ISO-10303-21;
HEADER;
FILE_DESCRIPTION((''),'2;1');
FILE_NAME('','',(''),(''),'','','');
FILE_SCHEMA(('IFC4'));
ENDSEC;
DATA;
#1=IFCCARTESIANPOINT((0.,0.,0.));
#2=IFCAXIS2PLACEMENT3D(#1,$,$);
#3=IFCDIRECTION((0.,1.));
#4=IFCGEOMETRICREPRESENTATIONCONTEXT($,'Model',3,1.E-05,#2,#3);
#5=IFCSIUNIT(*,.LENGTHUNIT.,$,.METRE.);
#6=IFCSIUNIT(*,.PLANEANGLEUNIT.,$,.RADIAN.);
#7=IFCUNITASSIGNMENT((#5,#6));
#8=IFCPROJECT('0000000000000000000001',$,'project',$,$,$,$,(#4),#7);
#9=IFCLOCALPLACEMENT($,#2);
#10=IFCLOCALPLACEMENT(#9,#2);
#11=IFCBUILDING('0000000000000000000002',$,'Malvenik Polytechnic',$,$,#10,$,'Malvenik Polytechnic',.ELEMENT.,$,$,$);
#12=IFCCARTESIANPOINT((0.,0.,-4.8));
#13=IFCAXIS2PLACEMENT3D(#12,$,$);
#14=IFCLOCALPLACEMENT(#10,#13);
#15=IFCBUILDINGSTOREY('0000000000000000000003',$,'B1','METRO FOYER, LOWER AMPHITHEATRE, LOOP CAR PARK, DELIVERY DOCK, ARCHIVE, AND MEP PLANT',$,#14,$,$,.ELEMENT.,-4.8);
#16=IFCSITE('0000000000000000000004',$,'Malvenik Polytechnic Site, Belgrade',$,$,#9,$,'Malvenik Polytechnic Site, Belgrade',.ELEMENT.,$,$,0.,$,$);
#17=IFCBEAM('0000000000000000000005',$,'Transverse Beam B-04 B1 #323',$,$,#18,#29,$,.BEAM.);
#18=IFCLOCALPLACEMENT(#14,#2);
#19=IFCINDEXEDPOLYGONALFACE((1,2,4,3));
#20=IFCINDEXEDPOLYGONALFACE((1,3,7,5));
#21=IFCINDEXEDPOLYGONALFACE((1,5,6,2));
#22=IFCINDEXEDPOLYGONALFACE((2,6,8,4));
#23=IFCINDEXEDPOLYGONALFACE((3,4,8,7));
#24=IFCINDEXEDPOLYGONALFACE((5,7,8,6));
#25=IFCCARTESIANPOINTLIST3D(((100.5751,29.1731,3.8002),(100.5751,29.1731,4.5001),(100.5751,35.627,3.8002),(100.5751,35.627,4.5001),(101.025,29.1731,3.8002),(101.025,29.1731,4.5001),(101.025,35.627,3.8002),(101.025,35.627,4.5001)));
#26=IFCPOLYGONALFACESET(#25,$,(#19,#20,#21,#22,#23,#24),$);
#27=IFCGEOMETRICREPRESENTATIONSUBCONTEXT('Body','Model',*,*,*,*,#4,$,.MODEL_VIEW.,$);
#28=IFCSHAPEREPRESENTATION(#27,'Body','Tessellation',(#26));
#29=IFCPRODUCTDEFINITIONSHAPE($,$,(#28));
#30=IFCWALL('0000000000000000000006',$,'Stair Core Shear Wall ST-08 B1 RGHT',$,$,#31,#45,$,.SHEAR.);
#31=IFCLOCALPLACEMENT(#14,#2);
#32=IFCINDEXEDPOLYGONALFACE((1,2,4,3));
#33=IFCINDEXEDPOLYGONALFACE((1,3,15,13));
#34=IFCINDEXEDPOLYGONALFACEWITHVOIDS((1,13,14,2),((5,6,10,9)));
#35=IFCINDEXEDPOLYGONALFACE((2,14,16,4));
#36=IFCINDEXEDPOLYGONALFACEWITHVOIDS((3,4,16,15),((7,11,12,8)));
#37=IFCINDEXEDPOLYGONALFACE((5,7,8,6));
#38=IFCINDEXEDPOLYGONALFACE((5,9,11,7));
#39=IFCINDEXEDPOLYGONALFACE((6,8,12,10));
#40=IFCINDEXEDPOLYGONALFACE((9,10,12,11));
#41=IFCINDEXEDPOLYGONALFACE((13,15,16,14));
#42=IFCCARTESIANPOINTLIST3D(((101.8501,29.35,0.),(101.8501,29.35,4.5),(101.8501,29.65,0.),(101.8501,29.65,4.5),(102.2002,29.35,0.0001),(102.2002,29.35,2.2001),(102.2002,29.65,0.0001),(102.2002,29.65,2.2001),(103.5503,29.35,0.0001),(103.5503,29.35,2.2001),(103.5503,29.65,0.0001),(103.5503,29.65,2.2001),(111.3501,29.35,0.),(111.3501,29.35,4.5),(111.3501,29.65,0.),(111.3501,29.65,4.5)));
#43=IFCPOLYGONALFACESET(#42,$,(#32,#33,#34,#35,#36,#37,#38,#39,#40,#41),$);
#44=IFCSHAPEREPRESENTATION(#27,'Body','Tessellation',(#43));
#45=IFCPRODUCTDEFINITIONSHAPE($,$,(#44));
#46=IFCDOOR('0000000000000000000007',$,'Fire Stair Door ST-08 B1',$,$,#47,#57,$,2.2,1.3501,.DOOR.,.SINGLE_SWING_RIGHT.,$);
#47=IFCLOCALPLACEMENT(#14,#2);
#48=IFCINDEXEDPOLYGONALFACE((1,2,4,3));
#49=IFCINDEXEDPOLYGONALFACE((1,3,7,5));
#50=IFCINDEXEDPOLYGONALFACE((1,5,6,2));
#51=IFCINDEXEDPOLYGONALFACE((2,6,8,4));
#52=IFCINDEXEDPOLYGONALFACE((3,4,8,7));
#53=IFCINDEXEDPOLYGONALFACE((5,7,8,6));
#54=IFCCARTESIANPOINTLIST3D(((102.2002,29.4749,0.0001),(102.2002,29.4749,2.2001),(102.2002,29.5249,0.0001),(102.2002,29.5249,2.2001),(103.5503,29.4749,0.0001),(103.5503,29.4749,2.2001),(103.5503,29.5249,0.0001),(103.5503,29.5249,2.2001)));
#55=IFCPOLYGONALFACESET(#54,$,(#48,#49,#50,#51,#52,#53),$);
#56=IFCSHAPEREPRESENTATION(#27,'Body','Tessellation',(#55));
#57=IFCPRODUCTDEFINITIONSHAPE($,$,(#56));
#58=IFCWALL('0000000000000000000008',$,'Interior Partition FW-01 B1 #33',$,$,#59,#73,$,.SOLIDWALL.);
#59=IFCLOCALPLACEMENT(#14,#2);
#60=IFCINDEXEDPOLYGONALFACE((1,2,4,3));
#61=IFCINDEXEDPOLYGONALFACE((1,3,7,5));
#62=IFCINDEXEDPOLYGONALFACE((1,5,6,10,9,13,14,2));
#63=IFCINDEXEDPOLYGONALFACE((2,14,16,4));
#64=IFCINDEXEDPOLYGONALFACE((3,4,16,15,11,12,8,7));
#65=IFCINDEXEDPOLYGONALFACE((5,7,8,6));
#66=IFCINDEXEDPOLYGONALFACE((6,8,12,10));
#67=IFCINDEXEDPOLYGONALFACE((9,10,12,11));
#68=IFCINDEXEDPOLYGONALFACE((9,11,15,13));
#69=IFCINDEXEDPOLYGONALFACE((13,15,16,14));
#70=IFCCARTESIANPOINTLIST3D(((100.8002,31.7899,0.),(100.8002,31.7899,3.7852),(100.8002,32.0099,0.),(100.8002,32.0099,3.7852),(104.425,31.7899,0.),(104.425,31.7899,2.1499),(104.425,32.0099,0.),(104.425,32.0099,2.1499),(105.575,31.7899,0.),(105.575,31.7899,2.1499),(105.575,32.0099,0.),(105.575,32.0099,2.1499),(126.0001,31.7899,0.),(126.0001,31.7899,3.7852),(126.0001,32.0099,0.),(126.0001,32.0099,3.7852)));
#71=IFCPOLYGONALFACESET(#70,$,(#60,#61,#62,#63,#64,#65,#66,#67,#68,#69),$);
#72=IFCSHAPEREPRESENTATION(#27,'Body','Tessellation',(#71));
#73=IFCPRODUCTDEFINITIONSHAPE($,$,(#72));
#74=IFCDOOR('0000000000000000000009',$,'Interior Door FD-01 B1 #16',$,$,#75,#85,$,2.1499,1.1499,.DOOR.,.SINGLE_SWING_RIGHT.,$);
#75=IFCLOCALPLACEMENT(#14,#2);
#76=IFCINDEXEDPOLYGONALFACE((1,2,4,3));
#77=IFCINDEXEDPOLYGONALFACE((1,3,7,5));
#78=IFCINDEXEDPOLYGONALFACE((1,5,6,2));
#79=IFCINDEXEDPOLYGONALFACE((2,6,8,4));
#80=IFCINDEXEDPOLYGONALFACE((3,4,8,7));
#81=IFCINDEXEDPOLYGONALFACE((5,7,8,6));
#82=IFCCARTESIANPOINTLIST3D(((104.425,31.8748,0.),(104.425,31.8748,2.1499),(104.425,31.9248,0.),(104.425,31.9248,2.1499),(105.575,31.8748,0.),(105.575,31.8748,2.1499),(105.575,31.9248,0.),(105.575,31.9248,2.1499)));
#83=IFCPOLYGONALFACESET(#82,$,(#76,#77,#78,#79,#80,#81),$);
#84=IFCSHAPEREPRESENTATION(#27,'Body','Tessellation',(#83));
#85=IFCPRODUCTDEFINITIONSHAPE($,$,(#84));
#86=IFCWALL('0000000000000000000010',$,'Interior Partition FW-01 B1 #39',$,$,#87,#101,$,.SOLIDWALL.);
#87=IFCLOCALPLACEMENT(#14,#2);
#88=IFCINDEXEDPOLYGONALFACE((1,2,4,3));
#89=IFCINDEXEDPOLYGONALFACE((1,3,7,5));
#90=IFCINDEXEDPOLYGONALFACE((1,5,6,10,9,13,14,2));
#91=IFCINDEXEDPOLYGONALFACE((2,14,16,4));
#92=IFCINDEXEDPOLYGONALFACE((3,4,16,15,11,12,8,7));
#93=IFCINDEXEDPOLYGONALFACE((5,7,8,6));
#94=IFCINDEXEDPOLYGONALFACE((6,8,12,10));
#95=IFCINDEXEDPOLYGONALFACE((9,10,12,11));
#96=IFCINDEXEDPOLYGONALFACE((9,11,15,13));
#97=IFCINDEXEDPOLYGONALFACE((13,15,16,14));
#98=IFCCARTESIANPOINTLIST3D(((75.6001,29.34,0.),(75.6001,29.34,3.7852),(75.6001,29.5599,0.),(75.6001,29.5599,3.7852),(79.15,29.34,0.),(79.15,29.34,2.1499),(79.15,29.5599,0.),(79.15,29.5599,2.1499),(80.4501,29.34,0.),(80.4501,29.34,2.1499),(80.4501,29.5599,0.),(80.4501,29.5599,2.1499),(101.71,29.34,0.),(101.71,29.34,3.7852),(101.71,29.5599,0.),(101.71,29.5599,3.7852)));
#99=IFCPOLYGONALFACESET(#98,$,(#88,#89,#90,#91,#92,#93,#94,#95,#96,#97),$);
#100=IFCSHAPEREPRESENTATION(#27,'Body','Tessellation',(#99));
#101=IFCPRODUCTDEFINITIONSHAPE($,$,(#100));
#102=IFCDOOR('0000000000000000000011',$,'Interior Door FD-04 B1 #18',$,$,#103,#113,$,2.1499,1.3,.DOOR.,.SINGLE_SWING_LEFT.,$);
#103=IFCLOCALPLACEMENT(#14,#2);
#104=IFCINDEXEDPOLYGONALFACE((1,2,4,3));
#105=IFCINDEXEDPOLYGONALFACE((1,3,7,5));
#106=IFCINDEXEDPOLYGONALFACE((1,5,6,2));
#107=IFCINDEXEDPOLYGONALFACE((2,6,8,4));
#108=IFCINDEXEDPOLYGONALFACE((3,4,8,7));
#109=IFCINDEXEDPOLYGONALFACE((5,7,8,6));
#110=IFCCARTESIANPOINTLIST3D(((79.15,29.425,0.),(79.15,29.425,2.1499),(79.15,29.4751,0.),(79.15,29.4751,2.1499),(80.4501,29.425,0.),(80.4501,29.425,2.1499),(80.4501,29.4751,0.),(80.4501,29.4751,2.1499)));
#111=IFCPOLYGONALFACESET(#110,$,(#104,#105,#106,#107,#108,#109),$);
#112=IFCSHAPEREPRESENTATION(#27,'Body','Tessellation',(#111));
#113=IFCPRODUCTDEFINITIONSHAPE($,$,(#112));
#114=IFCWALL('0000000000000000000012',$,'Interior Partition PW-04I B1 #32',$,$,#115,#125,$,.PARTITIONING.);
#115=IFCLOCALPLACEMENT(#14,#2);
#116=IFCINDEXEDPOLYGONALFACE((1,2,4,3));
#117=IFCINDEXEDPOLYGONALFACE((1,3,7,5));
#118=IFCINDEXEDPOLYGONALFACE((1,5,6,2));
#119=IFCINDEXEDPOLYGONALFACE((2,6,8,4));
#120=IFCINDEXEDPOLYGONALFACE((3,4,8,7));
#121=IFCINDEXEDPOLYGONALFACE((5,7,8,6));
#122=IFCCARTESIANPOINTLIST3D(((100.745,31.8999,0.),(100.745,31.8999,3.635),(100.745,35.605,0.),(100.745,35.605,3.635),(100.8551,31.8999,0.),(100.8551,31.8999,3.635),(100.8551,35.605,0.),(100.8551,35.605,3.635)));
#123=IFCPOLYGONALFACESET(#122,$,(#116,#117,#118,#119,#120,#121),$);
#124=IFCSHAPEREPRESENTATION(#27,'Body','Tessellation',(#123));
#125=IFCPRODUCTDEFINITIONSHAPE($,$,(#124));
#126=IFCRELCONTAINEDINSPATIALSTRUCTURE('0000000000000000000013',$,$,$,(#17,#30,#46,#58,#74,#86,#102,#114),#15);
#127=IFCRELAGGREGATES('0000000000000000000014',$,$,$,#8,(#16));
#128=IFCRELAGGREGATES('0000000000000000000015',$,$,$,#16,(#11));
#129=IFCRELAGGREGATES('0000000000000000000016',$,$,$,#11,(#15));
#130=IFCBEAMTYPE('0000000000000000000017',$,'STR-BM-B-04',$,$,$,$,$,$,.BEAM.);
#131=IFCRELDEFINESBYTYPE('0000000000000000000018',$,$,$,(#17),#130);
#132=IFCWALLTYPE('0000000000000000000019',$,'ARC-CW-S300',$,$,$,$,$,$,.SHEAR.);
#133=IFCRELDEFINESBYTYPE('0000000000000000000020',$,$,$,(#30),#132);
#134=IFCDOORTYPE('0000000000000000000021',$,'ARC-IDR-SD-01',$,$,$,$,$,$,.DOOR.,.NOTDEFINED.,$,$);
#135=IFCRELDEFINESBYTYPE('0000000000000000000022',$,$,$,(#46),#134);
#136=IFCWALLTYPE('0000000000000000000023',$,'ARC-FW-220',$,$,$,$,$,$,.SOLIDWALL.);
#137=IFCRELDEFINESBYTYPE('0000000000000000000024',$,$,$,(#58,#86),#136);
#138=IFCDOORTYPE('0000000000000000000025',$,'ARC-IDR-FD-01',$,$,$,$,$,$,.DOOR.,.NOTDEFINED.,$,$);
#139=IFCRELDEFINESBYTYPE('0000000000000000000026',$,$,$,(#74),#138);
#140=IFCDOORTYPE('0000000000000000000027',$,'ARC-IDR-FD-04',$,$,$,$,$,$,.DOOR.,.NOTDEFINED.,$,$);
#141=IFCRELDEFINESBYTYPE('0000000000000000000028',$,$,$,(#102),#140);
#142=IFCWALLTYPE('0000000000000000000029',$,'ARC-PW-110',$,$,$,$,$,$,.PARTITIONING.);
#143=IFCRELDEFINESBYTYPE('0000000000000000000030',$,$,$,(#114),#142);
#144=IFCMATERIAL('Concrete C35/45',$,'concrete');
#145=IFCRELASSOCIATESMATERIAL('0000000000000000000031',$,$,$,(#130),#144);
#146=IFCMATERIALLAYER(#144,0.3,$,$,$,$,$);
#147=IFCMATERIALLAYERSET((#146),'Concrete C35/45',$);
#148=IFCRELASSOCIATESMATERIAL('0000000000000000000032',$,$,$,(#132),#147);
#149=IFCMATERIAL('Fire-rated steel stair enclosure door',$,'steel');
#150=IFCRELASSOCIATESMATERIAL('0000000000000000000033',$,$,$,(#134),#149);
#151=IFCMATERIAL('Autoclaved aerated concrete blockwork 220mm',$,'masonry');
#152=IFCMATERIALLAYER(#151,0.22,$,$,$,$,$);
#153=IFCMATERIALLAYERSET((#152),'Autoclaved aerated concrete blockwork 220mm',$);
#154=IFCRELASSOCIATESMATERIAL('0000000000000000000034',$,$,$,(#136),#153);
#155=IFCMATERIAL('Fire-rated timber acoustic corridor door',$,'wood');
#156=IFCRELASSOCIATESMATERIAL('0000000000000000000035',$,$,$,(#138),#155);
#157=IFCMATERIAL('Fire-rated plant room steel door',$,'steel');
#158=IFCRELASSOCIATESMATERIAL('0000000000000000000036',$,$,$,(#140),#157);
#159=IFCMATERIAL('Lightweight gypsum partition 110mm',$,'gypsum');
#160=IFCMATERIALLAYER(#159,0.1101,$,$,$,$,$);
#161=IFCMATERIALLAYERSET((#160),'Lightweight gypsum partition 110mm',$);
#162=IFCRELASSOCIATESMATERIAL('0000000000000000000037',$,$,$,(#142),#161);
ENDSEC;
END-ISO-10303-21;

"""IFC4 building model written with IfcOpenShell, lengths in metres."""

from ifc_helpers import new_model, si_unit, direction, frame, frame_2d, origin, origin_2d, place, context, subcontext, project, spatial, rectangle, extrude, material, layer, layer_set, material_profile, profile_set, type_object, element, fill, save


model = new_model("IFC4")

# Units and contexts
model_context = context("Model", 3, precision=1e-05, world=origin(), true_north=direction((0.0, 1.0)))
body_context = subcontext(model_context, "Body", "Model", "MODEL_VIEW")
ifc_project = project(units=[si_unit("LENGTHUNIT", "METRE"), si_unit("PLANEANGLEUNIT", "RADIAN")], contexts=[model_context])

# Site, building, storey
site_placement = place(None, origin())
site = spatial("IfcSite", under=ifc_project, at=site_placement, Name="Malvenik Polytechnic Site, Belgrade", LongName="Malvenik Polytechnic Site, Belgrade", CompositionType="ELEMENT", RefElevation=0.0)
building_placement = place(site_placement, origin())
building = spatial("IfcBuilding", under=site, at=building_placement, Name="Malvenik Polytechnic", LongName="Malvenik Polytechnic", CompositionType="ELEMENT")
storey_placement = place(building_placement, frame((0.0, 0.0, -4.8)))
storey = spatial("IfcBuildingStorey", under=building, at=storey_placement, Name="B1", Description="METRO FOYER, LOWER AMPHITHEATRE, LOOP CAR PARK, DELIVERY DOCK, ARCHIVE, AND MEP PLANT", CompositionType="ELEMENT", Elevation=-4.8)

# Shared definitions
ifc_material_1 = material(Name="Concrete C35/45", Category="concrete")

# Beam
ifc_material_profile_1 = material_profile(ifc_material_1, rectangle(XDim=0.45, YDim=0.7, at=origin_2d()), Name="RC BM 450x700")
ifc_profile_set_1 = profile_set([ifc_material_profile_1], Name="Concrete C35/45")
beam_type_1 = type_object("IfcBeamType", Name="STR-BM-B-04", PredefinedType="BEAM", material=ifc_profile_set_1)
beam_1_placement = place(storey_placement, frame((100.8, 29.1731, 4.1501), z_axis=(0.0, 1.0, 0.0), x_axis=(-1.0, 0.0, 0.0)))
element("IfcBeam", 1, at=beam_1_placement, inside=storey, type_object=beam_type_1, Name="Transverse Beam B-04 B1 #323", PredefinedType="BEAM", context=body_context, shape_type="SweptSolid", body=[
    extrude(rectangle(XDim=0.45, YDim=0.7, at=origin_2d()), origin(), (0.0, 0.0, 1.0), 6.4539),
])

# Walls, openings, doors
ifc_layer_1 = layer(ifc_material_1, 0.3)
ifc_layer_set_1 = layer_set([ifc_layer_1], Name="Concrete C35/45")
wall_type_1 = type_object("IfcWallType", Name="ARC-CW-S300", PredefinedType="SHEAR", material=ifc_layer_set_1)
wall_1_placement = place(storey_placement, frame((101.8501, 29.5, 0.0), z_axis=(0.0, 0.0, 1.0), x_axis=(1.0, 0.0, 0.0)))
wall_1 = element("IfcWall", 2, at=wall_1_placement, inside=storey, type_object=wall_type_1, Name="Stair Core Shear Wall ST-08 B1 RGHT", PredefinedType="SHEAR", context=body_context, shape_type="SweptSolid", body=[
    extrude(rectangle(XDim=9.5, YDim=0.3, at=frame_2d((4.75, 0.0))), origin(), (0.0, 0.0, 1.0), 4.5),
])
opening_1_placement = place(wall_1_placement, frame((0.3501, 0.0, 0.0)))
opening_1 = element("IfcOpeningElement", 3, at=opening_1_placement, cuts=wall_1, PredefinedType="OPENING", context=body_context, shape_type="SweptSolid", body=[
    extrude(rectangle(XDim=1.3501, YDim=2.2, at=frame_2d((0.675, 1.1001))), frame((0.0, 0.1602, 0.0), z_axis=(0.0, -1.0, 0.0), x_axis=(1.0, 0.0, 0.0)), (0.0, 0.0, 1.0), 0.3201),
])
ifc_material_2 = material(Name="Fire-rated steel stair enclosure door", Category="steel")
door_type_1 = type_object("IfcDoorType", Name="ARC-IDR-SD-01", OperationType="NOTDEFINED", PredefinedType="DOOR", material=ifc_material_2)
door_1_placement = place(opening_1_placement, origin())
door_1 = element("IfcDoor", 4, at=door_1_placement, inside=storey, type_object=door_type_1, Name="Fire Stair Door ST-08 B1", OperationType="SINGLE_SWING_RIGHT", OverallHeight=2.2, OverallWidth=1.3501, PredefinedType="DOOR", context=body_context, shape_type="SweptSolid", body=[
    extrude(rectangle(XDim=1.3501, YDim=2.2, at=frame_2d((0.675, 1.1001))), frame((0.0, 0.0249, 0.0), z_axis=(0.0, -1.0, 0.0), x_axis=(1.0, 0.0, 0.0)), (0.0, 0.0, 1.0), 0.05),
])
fill(opening_1, door_1)
ifc_material_3 = material(Name="Autoclaved aerated concrete blockwork 220mm", Category="masonry")
ifc_layer_2 = layer(ifc_material_3, 0.22)
ifc_layer_set_2 = layer_set([ifc_layer_2], Name="Autoclaved aerated concrete blockwork 220mm")
wall_type_2 = type_object("IfcWallType", Name="ARC-FW-220", PredefinedType="SOLIDWALL", material=ifc_layer_set_2)
wall_2_placement = place(storey_placement, frame((100.8, 31.8999, 0.0), z_axis=(0.0, 0.0, 1.0), x_axis=(1.0, 0.0, 0.0)))
wall_2 = element("IfcWall", 5, at=wall_2_placement, inside=storey, type_object=wall_type_2, Name="Interior Partition FW-01 B1 #33", PredefinedType="SOLIDWALL", context=body_context, shape_type="SweptSolid", body=[
    extrude(rectangle(XDim=25.2, YDim=0.22, at=frame_2d((12.6001, 0.0))), origin(), (0.0, 0.0, 1.0), 3.7852),
])
opening_2_placement = place(wall_2_placement, frame((3.625, 0.0, 0.0)))
opening_2 = element("IfcOpeningElement", 6, at=opening_2_placement, cuts=wall_2, PredefinedType="OPENING", context=body_context, shape_type="SweptSolid", body=[
    extrude(rectangle(XDim=1.1499, YDim=2.1499, at=frame_2d((0.575, 1.075))), frame((0.0, 0.1201, 0.0), z_axis=(0.0, -1.0, 0.0), x_axis=(1.0, 0.0, 0.0)), (0.0, 0.0, 1.0), 0.24),
])
ifc_material_4 = material(Name="Fire-rated timber acoustic corridor door", Category="wood")
door_type_2 = type_object("IfcDoorType", Name="ARC-IDR-FD-01", OperationType="NOTDEFINED", PredefinedType="DOOR", material=ifc_material_4)
door_2_placement = place(opening_2_placement, origin())
door_2 = element("IfcDoor", 7, at=door_2_placement, inside=storey, type_object=door_type_2, Name="Interior Door FD-01 B1 #16", OperationType="SINGLE_SWING_RIGHT", OverallHeight=2.1499, OverallWidth=1.1499, PredefinedType="DOOR", context=body_context, shape_type="SweptSolid", body=[
    extrude(rectangle(XDim=1.1499, YDim=2.1499, at=frame_2d((0.575, 1.075))), frame((0.0, 0.0249, 0.0), z_axis=(0.0, -1.0, 0.0), x_axis=(1.0, 0.0, 0.0)), (0.0, 0.0, 1.0), 0.05),
])
fill(opening_2, door_2)
wall_3_placement = place(storey_placement, frame((101.71, 29.45, 0.0), z_axis=(0.0, 0.0, 1.0), x_axis=(-1.0, 0.0, 0.0)))
wall_3 = element("IfcWall", 8, at=wall_3_placement, inside=storey, type_object=wall_type_2, Name="Interior Partition FW-01 B1 #39", PredefinedType="SOLIDWALL", context=body_context, shape_type="SweptSolid", body=[
    extrude(rectangle(XDim=26.1099, YDim=0.22, at=frame_2d((13.0549, 0.0))), origin(), (0.0, 0.0, 1.0), 3.7852),
])
opening_3_placement = place(wall_3_placement, frame((21.26, 0.0, 0.0)))
opening_3 = element("IfcOpeningElement", 9, at=opening_3_placement, cuts=wall_3, PredefinedType="OPENING", context=body_context, shape_type="SweptSolid", body=[
    extrude(rectangle(XDim=1.3, YDim=2.1499, at=frame_2d((0.6499, 1.075))), frame((0.0, 0.1201, 0.0), z_axis=(0.0, -1.0, 0.0), x_axis=(1.0, 0.0, 0.0)), (0.0, 0.0, 1.0), 0.24),
])
ifc_material_5 = material(Name="Fire-rated plant room steel door", Category="steel")
door_type_3 = type_object("IfcDoorType", Name="ARC-IDR-FD-04", OperationType="NOTDEFINED", PredefinedType="DOOR", material=ifc_material_5)
door_3_placement = place(opening_3_placement, origin())
door_3 = element("IfcDoor", 10, at=door_3_placement, inside=storey, type_object=door_type_3, Name="Interior Door FD-04 B1 #18", OperationType="SINGLE_SWING_LEFT", OverallHeight=2.1499, OverallWidth=1.3, PredefinedType="DOOR", context=body_context, shape_type="SweptSolid", body=[
    extrude(rectangle(XDim=1.3, YDim=2.1499, at=frame_2d((0.6499, 1.075))), frame((0.0, 0.0249, 0.0), z_axis=(0.0, -1.0, 0.0), x_axis=(1.0, 0.0, 0.0)), (0.0, 0.0, 1.0), 0.05),
])
fill(opening_3, door_3)

# Wall
ifc_material_6 = material(Name="Lightweight gypsum partition 110mm", Category="gypsum")
ifc_layer_3 = layer(ifc_material_6, 0.1101)
ifc_layer_set_3 = layer_set([ifc_layer_3], Name="Lightweight gypsum partition 110mm")
wall_type_3 = type_object("IfcWallType", Name="ARC-PW-110", PredefinedType="PARTITIONING", material=ifc_layer_set_3)
wall_4_placement = place(storey_placement, frame((100.8, 31.8999, 0.0), z_axis=(0.0, 0.0, 1.0), x_axis=(0.0, 1.0, 0.0)))
element("IfcWall", 11, at=wall_4_placement, inside=storey, type_object=wall_type_3, Name="Interior Partition PW-04I B1 #32", PredefinedType="PARTITIONING", context=body_context, shape_type="SweptSolid", body=[
    extrude(rectangle(XDim=3.7051, YDim=0.1101, at=frame_2d((1.8525, 0.0))), origin(), (0.0, 0.0, 1.0), 3.635),
])

save(model, "model.ifc")
